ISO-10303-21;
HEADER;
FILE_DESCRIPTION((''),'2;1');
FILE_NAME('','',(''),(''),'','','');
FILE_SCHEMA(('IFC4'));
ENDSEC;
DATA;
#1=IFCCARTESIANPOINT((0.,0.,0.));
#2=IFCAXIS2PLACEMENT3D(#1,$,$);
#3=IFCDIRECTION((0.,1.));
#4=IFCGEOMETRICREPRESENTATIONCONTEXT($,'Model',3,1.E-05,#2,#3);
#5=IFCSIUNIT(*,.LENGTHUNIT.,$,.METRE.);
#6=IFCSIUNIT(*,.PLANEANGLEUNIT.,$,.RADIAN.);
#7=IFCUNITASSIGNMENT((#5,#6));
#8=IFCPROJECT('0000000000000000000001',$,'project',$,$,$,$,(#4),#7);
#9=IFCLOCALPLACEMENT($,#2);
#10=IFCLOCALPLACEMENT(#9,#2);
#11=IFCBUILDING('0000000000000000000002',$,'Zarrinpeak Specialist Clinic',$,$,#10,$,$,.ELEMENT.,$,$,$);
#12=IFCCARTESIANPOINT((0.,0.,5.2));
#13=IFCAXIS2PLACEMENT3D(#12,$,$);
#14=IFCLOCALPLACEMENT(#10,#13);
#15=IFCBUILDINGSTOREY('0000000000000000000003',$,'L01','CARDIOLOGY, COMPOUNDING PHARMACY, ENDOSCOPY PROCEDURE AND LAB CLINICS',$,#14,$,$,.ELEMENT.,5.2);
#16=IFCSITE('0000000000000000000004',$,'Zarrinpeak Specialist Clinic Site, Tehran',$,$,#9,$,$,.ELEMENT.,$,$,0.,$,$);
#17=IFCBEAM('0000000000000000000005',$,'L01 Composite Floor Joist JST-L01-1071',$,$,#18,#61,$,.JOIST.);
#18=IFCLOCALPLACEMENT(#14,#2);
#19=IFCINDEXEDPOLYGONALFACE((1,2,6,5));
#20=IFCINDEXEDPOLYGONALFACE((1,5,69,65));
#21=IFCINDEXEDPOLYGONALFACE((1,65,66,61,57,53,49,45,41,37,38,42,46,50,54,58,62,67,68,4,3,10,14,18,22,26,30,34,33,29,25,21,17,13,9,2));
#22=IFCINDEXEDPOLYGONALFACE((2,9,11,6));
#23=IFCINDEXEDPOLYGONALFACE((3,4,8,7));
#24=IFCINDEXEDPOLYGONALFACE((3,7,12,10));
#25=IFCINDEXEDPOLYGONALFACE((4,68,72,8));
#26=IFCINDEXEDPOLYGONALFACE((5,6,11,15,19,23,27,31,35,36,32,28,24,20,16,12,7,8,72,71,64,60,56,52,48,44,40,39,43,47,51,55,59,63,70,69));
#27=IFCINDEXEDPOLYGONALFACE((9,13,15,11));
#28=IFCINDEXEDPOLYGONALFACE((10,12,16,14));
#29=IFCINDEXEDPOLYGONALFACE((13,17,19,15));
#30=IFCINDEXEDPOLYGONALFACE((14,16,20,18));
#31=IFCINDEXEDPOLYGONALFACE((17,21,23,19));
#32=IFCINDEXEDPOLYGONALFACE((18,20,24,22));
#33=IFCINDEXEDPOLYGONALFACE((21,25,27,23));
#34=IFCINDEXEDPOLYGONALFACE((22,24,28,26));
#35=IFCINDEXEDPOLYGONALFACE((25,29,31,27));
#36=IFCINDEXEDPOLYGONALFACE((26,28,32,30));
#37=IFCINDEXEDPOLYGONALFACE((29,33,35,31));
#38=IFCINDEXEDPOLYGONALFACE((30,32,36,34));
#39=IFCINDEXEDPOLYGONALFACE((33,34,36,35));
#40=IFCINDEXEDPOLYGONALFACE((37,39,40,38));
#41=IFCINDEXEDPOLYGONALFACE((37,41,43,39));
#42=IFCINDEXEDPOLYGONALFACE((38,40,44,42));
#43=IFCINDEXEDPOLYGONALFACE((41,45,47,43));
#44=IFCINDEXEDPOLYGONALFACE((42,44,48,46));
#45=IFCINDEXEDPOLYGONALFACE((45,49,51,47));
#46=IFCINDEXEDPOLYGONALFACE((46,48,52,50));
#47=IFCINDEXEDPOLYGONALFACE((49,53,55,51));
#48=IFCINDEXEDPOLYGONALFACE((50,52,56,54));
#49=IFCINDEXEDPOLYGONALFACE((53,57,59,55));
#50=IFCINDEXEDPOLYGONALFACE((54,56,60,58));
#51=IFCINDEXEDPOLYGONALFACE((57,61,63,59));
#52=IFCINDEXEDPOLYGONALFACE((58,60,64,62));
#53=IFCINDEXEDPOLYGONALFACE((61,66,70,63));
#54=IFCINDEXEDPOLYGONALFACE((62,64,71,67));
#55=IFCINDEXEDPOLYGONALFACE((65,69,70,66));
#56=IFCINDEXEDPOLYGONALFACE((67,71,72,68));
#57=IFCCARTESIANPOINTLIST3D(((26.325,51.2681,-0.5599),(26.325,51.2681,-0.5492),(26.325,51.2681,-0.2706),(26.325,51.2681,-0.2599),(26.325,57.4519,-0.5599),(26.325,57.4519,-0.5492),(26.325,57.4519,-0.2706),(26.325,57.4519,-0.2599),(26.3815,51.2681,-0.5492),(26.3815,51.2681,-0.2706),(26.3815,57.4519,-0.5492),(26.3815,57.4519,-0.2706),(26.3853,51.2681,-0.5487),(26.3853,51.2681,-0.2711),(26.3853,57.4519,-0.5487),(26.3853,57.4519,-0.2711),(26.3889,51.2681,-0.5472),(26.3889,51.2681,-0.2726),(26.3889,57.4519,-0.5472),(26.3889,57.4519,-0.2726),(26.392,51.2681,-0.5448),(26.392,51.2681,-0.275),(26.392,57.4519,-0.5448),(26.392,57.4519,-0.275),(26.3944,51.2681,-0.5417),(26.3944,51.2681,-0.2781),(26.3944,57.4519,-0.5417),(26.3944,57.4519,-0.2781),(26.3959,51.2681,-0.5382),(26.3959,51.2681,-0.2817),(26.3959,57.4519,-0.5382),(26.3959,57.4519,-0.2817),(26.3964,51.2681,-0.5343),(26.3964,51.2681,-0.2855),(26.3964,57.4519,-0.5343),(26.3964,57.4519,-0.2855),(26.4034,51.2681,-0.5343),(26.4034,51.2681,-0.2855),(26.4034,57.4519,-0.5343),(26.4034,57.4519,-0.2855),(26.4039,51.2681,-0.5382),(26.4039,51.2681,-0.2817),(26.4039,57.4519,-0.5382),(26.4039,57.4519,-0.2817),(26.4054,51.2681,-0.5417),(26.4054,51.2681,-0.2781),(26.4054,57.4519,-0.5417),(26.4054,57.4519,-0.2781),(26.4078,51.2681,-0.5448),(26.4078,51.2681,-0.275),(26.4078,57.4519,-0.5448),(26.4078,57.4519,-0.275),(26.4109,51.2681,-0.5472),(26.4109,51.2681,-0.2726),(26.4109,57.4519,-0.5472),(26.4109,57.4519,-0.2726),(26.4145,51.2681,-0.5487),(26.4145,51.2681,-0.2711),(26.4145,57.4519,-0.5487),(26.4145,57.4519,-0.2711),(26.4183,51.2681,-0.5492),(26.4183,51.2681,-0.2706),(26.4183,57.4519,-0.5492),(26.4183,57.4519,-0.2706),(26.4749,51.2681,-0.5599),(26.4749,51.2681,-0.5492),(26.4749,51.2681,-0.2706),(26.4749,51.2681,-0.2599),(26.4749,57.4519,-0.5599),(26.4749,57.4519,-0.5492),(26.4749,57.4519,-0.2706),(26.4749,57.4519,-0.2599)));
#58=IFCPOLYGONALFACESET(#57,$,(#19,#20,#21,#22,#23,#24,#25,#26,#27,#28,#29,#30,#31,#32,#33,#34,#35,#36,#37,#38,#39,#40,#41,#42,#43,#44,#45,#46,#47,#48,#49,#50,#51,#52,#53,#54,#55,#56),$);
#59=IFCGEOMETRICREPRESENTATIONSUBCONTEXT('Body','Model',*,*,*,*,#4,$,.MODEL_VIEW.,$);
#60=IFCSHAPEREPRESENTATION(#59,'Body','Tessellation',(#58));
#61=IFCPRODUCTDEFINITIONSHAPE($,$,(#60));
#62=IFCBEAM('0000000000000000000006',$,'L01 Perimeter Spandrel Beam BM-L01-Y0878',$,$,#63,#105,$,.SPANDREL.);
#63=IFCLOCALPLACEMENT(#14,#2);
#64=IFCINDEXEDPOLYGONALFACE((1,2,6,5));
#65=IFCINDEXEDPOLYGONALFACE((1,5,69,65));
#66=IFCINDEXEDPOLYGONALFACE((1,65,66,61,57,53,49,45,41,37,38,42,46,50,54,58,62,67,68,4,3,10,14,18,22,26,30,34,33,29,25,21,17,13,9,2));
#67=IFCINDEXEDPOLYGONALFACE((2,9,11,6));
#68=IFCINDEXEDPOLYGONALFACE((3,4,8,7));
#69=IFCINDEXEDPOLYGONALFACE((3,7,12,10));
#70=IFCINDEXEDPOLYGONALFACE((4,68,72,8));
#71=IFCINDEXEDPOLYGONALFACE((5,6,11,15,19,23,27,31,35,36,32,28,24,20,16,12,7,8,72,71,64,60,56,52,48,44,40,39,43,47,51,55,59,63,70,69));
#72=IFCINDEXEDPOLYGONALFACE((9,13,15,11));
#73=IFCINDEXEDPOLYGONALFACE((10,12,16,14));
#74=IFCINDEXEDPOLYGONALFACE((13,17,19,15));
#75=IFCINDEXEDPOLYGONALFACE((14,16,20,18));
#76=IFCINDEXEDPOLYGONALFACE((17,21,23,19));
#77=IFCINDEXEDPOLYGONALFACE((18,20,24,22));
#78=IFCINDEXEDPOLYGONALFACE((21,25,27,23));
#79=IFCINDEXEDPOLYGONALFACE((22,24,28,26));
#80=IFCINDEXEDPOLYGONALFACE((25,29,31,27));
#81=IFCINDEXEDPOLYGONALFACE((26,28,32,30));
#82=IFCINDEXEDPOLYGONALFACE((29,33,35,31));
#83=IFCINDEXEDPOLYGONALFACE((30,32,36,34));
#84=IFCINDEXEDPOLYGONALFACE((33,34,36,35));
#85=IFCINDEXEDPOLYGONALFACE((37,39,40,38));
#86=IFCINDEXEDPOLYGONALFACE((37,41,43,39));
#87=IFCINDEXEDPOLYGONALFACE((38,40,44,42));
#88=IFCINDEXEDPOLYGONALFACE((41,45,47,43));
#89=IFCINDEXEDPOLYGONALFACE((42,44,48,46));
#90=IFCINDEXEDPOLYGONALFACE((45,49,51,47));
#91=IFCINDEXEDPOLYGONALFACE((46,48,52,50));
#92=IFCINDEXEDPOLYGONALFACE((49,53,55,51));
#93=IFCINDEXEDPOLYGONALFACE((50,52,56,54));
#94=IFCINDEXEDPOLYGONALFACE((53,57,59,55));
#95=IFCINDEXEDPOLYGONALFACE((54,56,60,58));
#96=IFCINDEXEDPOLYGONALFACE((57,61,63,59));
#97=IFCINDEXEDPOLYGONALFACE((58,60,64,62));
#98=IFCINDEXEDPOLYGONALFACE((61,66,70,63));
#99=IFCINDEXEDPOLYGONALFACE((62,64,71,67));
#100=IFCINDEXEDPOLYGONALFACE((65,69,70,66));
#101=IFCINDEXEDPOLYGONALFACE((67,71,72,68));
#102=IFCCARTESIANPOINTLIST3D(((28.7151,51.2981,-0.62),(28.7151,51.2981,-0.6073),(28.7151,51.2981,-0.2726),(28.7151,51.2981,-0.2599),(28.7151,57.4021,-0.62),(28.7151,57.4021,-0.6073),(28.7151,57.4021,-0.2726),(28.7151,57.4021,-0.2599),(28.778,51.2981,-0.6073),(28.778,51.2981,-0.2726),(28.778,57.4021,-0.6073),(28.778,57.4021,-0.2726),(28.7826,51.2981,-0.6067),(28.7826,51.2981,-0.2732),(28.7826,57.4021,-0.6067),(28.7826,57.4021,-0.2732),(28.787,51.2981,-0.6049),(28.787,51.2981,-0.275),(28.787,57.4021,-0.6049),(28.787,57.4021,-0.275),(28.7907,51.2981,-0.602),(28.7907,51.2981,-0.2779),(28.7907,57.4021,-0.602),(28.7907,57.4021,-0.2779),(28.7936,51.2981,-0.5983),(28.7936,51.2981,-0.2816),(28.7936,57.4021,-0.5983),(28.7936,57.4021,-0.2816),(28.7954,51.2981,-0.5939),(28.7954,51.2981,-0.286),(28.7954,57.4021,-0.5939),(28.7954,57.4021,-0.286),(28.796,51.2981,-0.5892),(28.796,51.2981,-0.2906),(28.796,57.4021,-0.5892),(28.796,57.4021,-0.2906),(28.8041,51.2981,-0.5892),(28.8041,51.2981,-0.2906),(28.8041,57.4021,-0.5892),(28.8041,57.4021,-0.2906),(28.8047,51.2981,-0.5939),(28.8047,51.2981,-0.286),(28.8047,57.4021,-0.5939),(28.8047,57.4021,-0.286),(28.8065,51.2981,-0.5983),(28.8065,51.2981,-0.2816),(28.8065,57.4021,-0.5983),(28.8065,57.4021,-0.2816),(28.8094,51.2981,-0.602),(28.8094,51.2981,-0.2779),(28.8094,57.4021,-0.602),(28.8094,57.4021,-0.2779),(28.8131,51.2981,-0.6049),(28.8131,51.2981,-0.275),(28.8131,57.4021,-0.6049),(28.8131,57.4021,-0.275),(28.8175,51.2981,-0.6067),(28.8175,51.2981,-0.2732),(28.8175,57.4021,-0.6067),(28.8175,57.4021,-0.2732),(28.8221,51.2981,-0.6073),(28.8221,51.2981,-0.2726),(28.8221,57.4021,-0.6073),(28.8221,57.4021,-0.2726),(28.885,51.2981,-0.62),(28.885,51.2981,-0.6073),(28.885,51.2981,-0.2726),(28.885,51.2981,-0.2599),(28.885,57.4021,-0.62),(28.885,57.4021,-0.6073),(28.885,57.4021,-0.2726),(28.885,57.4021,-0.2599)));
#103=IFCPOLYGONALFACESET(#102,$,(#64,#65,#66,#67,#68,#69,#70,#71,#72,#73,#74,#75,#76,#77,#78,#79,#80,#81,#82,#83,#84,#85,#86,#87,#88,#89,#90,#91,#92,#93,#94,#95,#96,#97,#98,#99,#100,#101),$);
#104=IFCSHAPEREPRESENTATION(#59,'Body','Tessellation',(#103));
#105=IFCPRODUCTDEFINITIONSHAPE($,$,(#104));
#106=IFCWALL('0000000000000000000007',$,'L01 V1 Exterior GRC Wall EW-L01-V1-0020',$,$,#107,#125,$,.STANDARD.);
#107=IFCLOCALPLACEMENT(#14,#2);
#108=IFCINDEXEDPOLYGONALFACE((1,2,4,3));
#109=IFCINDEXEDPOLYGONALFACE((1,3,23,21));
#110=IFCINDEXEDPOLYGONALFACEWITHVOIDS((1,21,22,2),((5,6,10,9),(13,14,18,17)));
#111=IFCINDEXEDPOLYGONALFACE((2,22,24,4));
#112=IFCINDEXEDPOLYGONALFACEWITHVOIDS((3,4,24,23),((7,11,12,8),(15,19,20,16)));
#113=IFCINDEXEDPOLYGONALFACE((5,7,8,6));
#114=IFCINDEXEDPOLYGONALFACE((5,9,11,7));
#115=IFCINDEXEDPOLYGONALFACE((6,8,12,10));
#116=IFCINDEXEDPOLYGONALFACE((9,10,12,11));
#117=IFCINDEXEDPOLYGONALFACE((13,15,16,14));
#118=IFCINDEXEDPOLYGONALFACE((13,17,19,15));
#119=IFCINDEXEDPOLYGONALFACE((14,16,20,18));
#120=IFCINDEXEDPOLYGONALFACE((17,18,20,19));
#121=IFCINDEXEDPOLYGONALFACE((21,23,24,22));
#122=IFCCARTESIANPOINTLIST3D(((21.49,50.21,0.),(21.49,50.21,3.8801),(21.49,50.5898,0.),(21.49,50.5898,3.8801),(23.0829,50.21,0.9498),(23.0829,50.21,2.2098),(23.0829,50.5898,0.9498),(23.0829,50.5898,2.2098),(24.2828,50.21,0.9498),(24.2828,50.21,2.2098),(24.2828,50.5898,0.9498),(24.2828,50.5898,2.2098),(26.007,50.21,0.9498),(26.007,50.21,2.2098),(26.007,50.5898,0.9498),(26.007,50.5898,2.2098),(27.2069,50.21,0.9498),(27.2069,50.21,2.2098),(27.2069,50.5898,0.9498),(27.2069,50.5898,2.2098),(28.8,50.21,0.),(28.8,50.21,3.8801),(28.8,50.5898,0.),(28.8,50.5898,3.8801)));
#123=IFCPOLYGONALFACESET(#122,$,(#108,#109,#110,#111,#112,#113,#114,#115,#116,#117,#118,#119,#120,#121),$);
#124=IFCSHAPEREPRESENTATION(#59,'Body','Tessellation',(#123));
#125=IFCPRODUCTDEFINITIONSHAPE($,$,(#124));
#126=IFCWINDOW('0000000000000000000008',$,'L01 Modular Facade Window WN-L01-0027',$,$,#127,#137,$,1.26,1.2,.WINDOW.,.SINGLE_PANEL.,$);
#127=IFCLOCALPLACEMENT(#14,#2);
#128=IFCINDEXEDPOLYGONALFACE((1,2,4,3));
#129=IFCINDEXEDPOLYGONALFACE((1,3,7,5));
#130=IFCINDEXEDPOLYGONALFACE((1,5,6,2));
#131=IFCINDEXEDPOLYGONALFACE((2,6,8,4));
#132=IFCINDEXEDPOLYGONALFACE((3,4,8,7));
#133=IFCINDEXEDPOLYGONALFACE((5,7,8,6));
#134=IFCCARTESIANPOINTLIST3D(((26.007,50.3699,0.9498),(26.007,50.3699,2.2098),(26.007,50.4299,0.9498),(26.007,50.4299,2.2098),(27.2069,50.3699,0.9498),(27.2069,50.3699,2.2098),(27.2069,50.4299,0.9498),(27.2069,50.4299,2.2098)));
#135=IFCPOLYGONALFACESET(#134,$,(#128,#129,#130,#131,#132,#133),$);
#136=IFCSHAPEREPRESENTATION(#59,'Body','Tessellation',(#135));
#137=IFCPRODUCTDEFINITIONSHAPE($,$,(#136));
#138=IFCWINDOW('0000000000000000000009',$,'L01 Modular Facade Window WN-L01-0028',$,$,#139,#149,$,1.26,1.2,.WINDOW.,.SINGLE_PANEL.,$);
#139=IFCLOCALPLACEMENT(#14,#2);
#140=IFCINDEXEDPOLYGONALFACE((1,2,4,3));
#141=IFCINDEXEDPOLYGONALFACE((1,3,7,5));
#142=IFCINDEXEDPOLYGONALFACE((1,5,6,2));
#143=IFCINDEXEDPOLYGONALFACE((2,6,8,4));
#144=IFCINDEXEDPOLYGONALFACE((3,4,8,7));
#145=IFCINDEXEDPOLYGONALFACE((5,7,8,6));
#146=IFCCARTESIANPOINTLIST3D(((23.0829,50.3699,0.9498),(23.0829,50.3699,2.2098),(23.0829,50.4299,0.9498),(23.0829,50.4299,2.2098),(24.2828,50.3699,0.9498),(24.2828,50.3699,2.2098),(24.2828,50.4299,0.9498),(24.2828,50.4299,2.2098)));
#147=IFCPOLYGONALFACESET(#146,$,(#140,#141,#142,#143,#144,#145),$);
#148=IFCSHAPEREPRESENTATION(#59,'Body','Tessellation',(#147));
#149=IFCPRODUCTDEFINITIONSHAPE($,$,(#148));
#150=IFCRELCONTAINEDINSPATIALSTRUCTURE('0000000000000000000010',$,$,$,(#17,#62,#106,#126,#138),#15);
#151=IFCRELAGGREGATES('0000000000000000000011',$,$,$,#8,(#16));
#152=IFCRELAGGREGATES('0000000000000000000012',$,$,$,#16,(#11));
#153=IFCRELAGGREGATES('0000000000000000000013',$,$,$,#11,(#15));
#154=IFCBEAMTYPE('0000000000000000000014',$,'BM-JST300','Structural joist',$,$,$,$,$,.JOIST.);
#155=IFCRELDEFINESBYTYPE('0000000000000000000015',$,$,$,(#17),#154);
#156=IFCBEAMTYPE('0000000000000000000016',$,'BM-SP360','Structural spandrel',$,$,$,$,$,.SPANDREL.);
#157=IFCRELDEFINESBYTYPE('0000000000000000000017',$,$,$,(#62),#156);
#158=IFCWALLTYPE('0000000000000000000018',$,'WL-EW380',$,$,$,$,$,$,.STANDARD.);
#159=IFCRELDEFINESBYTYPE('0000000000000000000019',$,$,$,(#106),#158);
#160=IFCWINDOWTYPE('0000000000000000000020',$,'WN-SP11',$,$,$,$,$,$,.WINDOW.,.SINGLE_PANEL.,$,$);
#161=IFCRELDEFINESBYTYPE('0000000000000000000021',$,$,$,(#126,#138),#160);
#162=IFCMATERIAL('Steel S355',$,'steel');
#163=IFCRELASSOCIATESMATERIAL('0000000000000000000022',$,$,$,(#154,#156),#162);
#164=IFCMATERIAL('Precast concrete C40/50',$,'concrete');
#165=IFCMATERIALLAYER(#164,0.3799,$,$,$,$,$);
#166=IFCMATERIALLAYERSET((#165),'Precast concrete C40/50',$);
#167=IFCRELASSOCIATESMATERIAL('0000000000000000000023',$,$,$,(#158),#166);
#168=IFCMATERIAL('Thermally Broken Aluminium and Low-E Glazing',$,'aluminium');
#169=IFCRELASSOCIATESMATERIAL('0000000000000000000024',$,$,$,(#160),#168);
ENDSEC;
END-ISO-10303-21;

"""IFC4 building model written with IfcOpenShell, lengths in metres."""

from ifc_helpers import new_model, si_unit, direction, frame, frame_2d, origin, origin_2d, place, context, subcontext, project, spatial, rectangle, i_section, extrude, material, layer, layer_set, material_profile, profile_set, type_object, element, fill, save


model = new_model("IFC4")

# Units and contexts
model_context = context("Model", 3, precision=1e-05, world=origin(), true_north=direction((0.0, 1.0)))
body_context = subcontext(model_context, "Body", "Model", "MODEL_VIEW")
ifc_project = project(units=[si_unit("LENGTHUNIT", "METRE"), si_unit("PLANEANGLEUNIT", "RADIAN")], contexts=[model_context])

# Site, building, storey
site_placement = place(None, origin())
site = spatial("IfcSite", under=ifc_project, at=site_placement, Name="Zarrinpeak Specialist Clinic Site, Tehran", CompositionType="ELEMENT", RefElevation=0.0)
building_placement = place(site_placement, origin())
building = spatial("IfcBuilding", under=site, at=building_placement, Name="Zarrinpeak Specialist Clinic", CompositionType="ELEMENT")
storey_placement = place(building_placement, frame((0.0, 0.0, 5.2)))
storey = spatial("IfcBuildingStorey", under=building, at=storey_placement, Name="L01", Description="CARDIOLOGY, COMPOUNDING PHARMACY, ENDOSCOPY PROCEDURE AND LAB CLINICS", CompositionType="ELEMENT", Elevation=5.2)

# Shared definitions
ifc_material_1 = material(Name="Steel S355", Category="steel")

# Beams
ifc_material_profile_1 = material_profile(ifc_material_1, i_section(OverallWidth=0.1499, OverallDepth=0.3, WebThickness=0.0071, FlangeThickness=0.0107, FilletRadius=0.0149, at=origin_2d()), Name="IPE 300")
ifc_profile_set_1 = profile_set([ifc_material_profile_1], Name="Steel S355")
beam_type_1 = type_object("IfcBeamType", Name="BM-JST300", Description="Structural joist", PredefinedType="JOIST", material=ifc_profile_set_1)
for number, where, z_axis, x_axis, name in (
    (1, (26.3999, 51.2681, -0.4099), (0.0, 1.0, 0.0), (-1.0, 0.0, 0.0), "L01 Composite Floor Joist JST-L01-1071"),
):
    element("IfcBeam", number, at=place(storey_placement, frame(where, z_axis=z_axis, x_axis=x_axis)), inside=storey, type_object=beam_type_1, Name=name, PredefinedType="JOIST", context=body_context, shape_type="SweptSolid", body=[
        extrude(i_section(OverallWidth=0.1499, OverallDepth=0.3, WebThickness=0.0071, FlangeThickness=0.0107, FilletRadius=0.0149, at=origin_2d()), origin(), (0.0, 0.0, 1.0), 6.1838),
    ])
ifc_material_profile_2 = material_profile(ifc_material_1, i_section(OverallWidth=0.1699, OverallDepth=0.3601, WebThickness=0.0081, FlangeThickness=0.0127, FilletRadius=0.0181, at=origin_2d()), Name="IPE 360")
ifc_profile_set_2 = profile_set([ifc_material_profile_2], Name="Steel S355")
beam_type_2 = type_object("IfcBeamType", Name="BM-SP360", Description="Structural spandrel", PredefinedType="SPANDREL", material=ifc_profile_set_2)
beam_1_placement = place(storey_placement, frame((28.8, 51.2981, -0.4399), z_axis=(0.0, 1.0, 0.0), x_axis=(-1.0, 0.0, 0.0)))
element("IfcBeam", 2, at=beam_1_placement, inside=storey, type_object=beam_type_2, Name="L01 Perimeter Spandrel Beam BM-L01-Y0878", PredefinedType="SPANDREL", context=body_context, shape_type="SweptSolid", body=[
    extrude(i_section(OverallWidth=0.1699, OverallDepth=0.3601, WebThickness=0.0081, FlangeThickness=0.0127, FilletRadius=0.0181, at=origin_2d()), origin(), (0.0, 0.0, 1.0), 6.104),
])

# Wall, openings, windows
ifc_material_2 = material(Name="Precast concrete C40/50", Category="concrete")
ifc_layer_1 = layer(ifc_material_2, 0.3799)
ifc_layer_set_1 = layer_set([ifc_layer_1], Name="Precast concrete C40/50")
wall_type_1 = type_object("IfcWallType", Name="WL-EW380", PredefinedType="STANDARD", material=ifc_layer_set_1)
wall_1_placement = place(storey_placement, frame((28.8, 50.3999, 0.0), z_axis=(0.0, 0.0, 1.0), x_axis=(-1.0, 0.0, 0.0)))
wall_1 = element("IfcWall", 3, at=wall_1_placement, inside=storey, type_object=wall_type_1, Name="L01 V1 Exterior GRC Wall EW-L01-V1-0020", PredefinedType="STANDARD", context=body_context, shape_type="SweptSolid", body=[
    extrude(rectangle(XDim=7.3101, YDim=0.3799, at=frame_2d((3.655, 0.0))), origin(), (0.0, 0.0, 1.0), 3.8801),
])
opening_1_placement = place(wall_1_placement, frame((1.593, 0.0, 0.95)))
opening_1 = element("IfcOpeningElement", 4, at=opening_1_placement, cuts=wall_1, PredefinedType="OPENING", context=body_context, shape_type="SweptSolid", body=[
    extrude(rectangle(XDim=1.2, YDim=1.26, at=frame_2d((0.6001, 0.6299))), frame((0.0, 0.2, 0.0), z_axis=(0.0, -1.0, 0.0), x_axis=(1.0, 0.0, 0.0)), (0.0, 0.0, 1.0), 0.3999),
])
opening_2_placement = place(wall_1_placement, frame((4.5171, 0.0, 0.95)))
opening_2 = element("IfcOpeningElement", 5, at=opening_2_placement, cuts=wall_1, PredefinedType="OPENING", context=body_context, shape_type="SweptSolid", body=[
    extrude(rectangle(XDim=1.2, YDim=1.26, at=frame_2d((0.6001, 0.6299))), frame((0.0, 0.2, 0.0), z_axis=(0.0, -1.0, 0.0), x_axis=(1.0, 0.0, 0.0)), (0.0, 0.0, 1.0), 0.3999),
])
ifc_material_3 = material(Name="Thermally Broken Aluminium and Low-E Glazing", Category="aluminium")
window_type_1 = type_object("IfcWindowType", Name="WN-SP11", PartitioningType="SINGLE_PANEL", PredefinedType="WINDOW", material=ifc_material_3)
window_1_placement = place(opening_1_placement, origin())
window_1 = element("IfcWindow", 6, at=window_1_placement, inside=storey, type_object=window_type_1, Name="L01 Modular Facade Window WN-L01-0027", OverallHeight=1.26, OverallWidth=1.2, PartitioningType="SINGLE_PANEL", PredefinedType="WINDOW", context=body_context, shape_type="SweptSolid", body=[
    extrude(rectangle(XDim=1.2, YDim=1.26, at=frame_2d((0.6001, 0.6299))), frame((0.0, 0.03, 0.0), z_axis=(0.0, -1.0, 0.0), x_axis=(1.0, 0.0, 0.0)), (0.0, 0.0, 1.0), 0.0601),
])
fill(opening_1, window_1)
window_2_placement = place(opening_2_placement, origin())
window_2 = element("IfcWindow", 7, at=window_2_placement, inside=storey, type_object=window_type_1, Name="L01 Modular Facade Window WN-L01-0028", OverallHeight=1.26, OverallWidth=1.2, PartitioningType="SINGLE_PANEL", PredefinedType="WINDOW", context=body_context, shape_type="SweptSolid", body=[
    extrude(rectangle(XDim=1.2, YDim=1.26, at=frame_2d((0.6001, 0.6299))), frame((0.0, 0.03, 0.0), z_axis=(0.0, -1.0, 0.0), x_axis=(1.0, 0.0, 0.0)), (0.0, 0.0, 1.0), 0.0601),
])
fill(opening_2, window_2)

save(model, "model.ifc")
